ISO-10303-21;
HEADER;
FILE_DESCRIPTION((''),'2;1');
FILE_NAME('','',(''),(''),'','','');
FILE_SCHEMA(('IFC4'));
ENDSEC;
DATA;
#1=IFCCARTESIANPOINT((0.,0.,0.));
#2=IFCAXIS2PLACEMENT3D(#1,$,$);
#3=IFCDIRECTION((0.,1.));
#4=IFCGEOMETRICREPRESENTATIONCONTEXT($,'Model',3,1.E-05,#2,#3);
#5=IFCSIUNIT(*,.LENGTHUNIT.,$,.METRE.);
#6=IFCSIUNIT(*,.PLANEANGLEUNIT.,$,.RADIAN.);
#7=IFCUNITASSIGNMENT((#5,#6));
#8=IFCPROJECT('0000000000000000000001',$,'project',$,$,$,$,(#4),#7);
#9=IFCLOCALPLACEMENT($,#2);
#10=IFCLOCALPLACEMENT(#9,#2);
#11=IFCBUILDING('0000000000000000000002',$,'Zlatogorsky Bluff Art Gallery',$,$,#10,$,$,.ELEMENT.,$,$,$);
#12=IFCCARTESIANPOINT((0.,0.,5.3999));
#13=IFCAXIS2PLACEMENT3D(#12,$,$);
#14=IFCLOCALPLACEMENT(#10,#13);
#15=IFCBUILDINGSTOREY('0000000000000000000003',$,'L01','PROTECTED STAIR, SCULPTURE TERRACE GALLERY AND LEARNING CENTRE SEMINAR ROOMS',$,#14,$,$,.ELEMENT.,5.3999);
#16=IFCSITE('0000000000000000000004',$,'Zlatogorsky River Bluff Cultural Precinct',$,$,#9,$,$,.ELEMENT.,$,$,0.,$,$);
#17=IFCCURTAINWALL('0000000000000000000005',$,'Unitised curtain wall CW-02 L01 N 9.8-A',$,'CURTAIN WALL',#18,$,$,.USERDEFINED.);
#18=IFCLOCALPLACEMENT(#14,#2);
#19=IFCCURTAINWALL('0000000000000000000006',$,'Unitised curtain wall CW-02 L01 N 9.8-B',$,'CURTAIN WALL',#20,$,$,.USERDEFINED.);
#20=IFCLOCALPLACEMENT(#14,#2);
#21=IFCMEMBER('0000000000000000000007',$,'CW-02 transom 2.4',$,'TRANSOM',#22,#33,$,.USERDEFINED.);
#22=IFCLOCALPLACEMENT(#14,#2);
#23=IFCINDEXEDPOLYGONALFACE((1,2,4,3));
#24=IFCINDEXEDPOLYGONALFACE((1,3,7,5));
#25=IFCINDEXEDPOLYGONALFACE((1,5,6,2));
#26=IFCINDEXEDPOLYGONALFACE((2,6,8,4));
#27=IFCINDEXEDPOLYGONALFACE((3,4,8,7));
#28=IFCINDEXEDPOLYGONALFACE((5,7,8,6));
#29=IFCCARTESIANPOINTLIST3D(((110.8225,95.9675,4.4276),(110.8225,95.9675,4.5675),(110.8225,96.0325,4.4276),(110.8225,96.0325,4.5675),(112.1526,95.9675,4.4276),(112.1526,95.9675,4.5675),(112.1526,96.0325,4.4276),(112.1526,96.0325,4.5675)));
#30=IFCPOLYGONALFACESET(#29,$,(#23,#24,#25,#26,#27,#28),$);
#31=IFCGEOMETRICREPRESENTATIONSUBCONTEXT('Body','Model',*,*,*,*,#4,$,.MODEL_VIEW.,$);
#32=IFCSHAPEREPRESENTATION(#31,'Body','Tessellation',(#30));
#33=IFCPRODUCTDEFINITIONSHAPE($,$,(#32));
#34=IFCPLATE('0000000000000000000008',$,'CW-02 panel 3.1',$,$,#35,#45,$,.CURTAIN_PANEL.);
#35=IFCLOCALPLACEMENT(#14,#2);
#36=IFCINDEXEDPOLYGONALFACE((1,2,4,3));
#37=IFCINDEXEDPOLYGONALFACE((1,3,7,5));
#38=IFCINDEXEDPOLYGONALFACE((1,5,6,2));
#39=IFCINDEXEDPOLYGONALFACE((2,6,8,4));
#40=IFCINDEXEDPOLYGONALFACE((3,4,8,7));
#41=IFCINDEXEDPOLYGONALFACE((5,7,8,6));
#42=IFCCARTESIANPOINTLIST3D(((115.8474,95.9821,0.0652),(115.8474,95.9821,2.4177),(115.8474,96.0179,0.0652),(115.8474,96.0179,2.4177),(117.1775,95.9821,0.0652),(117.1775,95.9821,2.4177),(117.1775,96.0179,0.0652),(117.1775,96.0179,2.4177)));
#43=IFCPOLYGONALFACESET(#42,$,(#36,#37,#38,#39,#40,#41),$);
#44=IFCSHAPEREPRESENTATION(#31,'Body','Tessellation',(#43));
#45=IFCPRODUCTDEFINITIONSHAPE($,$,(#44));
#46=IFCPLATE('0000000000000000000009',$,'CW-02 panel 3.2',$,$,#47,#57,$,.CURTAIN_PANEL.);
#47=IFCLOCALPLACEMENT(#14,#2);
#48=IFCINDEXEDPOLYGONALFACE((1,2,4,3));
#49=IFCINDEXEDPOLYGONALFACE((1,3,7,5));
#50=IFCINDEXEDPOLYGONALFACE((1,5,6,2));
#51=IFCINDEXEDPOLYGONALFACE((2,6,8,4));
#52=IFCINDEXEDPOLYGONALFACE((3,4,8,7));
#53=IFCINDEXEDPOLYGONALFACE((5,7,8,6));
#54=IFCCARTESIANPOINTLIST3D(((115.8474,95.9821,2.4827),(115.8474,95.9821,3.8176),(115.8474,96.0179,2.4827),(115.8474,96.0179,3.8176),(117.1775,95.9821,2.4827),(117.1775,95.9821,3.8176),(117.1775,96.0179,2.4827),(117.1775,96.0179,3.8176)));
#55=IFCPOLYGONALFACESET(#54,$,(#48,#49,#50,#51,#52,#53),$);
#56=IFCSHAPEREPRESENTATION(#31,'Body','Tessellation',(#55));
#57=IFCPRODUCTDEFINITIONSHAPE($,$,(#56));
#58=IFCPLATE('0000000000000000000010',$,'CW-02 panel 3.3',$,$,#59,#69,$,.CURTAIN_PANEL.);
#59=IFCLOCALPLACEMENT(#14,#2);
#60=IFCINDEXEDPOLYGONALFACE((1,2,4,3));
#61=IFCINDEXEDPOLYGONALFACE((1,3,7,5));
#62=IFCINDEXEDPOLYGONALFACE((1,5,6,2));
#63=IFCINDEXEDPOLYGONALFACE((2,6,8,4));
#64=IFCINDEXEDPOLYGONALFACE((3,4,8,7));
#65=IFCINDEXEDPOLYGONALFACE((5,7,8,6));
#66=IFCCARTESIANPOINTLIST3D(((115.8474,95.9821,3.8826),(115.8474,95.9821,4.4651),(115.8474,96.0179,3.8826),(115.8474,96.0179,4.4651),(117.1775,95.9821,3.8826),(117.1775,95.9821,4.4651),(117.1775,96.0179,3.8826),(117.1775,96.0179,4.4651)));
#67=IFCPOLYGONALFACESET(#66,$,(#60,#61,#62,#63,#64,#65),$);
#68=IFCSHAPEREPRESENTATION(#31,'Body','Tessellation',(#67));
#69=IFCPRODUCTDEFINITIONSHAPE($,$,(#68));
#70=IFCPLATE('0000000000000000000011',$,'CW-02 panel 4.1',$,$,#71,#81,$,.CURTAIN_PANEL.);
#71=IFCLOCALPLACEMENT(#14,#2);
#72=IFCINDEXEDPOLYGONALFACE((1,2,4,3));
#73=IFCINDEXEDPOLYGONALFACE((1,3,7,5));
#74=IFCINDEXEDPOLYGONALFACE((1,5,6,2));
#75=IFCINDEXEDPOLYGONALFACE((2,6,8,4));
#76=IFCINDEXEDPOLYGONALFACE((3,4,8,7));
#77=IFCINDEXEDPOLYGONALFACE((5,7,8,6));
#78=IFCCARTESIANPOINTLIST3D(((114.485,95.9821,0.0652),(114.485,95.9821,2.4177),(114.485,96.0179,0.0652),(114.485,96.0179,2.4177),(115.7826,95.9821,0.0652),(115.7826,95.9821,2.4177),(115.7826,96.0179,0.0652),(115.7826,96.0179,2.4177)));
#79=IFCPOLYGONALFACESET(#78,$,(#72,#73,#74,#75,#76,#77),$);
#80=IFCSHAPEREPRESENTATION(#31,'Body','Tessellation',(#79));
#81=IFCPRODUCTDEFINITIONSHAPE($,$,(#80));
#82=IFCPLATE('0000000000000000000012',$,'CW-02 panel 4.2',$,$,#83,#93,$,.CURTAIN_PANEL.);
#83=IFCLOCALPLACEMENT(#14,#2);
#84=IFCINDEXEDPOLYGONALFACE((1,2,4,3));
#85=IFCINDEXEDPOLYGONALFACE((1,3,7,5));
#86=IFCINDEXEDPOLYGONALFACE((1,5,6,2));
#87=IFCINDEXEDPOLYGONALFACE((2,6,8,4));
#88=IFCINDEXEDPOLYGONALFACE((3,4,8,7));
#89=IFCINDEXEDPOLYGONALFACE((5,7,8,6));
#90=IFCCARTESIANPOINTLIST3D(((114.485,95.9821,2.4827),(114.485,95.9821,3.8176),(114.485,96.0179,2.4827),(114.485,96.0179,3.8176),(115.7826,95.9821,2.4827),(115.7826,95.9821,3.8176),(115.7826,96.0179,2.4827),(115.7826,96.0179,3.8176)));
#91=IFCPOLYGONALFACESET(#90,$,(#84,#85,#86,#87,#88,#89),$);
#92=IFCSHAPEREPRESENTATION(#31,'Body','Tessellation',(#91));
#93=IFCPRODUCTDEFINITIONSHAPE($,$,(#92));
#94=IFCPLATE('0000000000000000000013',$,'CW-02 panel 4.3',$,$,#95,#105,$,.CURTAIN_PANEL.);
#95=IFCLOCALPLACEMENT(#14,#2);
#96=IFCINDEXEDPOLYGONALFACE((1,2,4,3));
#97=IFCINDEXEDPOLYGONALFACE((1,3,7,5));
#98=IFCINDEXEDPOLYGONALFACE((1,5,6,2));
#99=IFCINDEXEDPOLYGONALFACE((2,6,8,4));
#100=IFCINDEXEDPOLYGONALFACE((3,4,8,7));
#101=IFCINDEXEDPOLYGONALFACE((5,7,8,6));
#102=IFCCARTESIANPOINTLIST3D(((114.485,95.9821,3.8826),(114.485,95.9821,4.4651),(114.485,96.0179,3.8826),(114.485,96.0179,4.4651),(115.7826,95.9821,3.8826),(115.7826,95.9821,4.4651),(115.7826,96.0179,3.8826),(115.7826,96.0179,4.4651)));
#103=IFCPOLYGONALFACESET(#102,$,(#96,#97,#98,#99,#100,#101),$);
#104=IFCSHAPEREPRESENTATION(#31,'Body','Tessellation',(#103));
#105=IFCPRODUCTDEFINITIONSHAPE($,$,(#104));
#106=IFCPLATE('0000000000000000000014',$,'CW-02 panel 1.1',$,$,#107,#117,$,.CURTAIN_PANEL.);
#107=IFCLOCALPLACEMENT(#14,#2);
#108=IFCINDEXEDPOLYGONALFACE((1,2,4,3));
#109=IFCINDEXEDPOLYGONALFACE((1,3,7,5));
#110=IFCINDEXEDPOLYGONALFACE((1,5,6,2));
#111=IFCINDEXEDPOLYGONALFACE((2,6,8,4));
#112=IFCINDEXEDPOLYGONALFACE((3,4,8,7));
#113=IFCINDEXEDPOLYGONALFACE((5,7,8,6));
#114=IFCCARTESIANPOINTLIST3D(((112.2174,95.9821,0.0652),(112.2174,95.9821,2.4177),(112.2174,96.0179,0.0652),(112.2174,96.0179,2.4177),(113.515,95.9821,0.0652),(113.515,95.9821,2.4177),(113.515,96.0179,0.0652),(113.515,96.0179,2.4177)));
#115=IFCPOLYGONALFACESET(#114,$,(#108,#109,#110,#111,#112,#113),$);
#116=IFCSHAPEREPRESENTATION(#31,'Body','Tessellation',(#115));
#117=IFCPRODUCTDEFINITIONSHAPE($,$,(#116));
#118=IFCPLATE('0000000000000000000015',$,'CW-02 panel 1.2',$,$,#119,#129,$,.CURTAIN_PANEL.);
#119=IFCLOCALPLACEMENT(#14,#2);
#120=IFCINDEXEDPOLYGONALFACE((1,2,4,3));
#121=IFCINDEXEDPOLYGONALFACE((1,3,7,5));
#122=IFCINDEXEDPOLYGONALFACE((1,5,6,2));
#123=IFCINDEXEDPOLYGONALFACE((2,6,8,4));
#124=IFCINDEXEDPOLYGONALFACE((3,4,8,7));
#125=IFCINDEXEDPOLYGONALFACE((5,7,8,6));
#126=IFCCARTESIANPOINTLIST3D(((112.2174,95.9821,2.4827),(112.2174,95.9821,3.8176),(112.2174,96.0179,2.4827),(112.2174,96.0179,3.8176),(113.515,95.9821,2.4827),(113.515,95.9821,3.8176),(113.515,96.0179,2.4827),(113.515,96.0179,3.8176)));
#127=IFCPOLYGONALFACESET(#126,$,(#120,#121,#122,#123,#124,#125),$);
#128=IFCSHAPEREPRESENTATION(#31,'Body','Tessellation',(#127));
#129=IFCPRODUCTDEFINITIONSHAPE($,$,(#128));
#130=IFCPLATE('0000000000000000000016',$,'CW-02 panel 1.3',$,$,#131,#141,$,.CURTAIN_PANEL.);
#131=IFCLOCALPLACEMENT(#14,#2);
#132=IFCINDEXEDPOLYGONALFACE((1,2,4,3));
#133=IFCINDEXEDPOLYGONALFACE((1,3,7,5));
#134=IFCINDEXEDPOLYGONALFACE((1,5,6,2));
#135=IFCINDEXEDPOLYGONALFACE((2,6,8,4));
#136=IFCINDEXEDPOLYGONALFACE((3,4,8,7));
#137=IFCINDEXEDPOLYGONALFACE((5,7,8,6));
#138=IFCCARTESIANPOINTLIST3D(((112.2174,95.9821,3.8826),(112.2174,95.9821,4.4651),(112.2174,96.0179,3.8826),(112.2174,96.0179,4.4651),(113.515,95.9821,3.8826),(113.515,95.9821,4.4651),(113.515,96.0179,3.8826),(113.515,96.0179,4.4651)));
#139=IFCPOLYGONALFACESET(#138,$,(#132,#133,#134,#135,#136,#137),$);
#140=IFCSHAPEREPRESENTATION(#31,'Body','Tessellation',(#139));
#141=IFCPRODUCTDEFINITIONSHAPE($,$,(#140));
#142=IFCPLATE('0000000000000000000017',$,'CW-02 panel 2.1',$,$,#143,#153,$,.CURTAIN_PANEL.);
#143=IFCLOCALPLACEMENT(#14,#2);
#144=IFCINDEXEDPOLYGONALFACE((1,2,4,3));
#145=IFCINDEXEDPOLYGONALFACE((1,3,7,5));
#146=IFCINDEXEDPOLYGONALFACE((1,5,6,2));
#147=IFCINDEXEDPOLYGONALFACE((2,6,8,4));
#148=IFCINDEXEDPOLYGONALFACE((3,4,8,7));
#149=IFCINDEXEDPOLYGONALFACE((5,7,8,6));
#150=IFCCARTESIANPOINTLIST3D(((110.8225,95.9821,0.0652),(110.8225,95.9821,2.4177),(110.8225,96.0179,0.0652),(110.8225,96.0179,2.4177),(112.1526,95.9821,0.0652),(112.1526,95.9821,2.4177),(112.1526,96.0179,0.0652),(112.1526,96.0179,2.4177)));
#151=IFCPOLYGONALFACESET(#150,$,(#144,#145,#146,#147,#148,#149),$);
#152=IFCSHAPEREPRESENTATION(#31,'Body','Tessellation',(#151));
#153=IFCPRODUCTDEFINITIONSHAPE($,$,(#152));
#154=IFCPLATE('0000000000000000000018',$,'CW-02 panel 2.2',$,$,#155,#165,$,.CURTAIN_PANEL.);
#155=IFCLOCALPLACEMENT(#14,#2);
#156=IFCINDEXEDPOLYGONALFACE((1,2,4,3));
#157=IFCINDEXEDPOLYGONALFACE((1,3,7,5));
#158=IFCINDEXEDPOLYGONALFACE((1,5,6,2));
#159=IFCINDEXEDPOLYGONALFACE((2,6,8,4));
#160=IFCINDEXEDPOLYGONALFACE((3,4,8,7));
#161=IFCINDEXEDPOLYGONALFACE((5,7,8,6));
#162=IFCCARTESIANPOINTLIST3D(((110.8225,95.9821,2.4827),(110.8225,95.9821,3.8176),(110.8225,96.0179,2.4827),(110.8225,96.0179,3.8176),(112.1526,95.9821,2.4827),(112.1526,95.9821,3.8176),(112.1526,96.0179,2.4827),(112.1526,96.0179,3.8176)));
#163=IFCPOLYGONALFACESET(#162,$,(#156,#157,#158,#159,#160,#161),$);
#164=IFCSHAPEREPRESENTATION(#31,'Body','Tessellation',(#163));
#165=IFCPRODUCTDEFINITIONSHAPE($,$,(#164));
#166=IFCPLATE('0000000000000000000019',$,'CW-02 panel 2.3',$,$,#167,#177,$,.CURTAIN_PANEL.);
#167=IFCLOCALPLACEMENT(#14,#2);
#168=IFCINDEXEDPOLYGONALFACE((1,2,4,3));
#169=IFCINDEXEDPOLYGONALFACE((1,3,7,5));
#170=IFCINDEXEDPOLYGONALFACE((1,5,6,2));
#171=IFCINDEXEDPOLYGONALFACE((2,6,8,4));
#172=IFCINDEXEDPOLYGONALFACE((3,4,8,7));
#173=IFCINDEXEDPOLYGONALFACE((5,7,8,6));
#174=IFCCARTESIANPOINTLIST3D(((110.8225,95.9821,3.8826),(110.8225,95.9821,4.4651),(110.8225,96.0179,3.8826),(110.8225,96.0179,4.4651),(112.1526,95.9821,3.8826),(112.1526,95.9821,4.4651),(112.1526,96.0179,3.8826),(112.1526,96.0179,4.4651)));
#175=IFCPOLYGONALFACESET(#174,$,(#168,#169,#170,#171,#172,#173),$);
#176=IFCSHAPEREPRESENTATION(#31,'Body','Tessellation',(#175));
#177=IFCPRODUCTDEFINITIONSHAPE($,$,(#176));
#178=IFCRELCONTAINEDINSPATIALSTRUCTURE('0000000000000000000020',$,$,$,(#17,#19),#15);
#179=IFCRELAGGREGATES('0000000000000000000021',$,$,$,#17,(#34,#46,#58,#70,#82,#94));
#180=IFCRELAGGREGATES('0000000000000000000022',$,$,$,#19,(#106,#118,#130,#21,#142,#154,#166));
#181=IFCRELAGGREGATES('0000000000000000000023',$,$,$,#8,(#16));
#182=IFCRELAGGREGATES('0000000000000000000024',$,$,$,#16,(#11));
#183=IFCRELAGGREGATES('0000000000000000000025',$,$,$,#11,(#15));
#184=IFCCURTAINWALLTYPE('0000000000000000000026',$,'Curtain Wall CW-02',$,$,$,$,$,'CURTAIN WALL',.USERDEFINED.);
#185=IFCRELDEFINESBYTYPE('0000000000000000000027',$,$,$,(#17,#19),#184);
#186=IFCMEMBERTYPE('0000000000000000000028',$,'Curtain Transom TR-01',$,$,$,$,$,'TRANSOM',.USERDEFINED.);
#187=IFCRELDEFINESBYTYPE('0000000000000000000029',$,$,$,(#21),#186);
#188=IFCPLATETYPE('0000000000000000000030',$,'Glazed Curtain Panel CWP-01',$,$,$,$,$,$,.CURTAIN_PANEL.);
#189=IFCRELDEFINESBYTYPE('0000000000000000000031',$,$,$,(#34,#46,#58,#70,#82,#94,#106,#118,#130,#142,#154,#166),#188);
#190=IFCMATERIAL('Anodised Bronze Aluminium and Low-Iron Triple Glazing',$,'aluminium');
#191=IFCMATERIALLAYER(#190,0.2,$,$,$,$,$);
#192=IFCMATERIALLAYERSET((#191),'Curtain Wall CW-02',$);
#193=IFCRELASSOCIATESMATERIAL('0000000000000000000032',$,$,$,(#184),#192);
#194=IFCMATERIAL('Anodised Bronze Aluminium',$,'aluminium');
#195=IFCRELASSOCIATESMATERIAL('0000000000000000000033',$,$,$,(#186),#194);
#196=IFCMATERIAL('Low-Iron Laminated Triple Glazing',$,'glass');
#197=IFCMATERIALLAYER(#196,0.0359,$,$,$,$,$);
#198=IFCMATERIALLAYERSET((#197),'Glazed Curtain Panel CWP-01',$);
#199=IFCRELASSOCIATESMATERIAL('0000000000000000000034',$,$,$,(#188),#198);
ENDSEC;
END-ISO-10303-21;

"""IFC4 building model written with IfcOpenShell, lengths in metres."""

from ifc_helpers import new_model, si_unit, direction, frame, origin, origin_2d, place, context, subcontext, project, spatial, rectangle, extrude, material, layer, layer_set, material_profile, profile_set, type_object, element, aggregate, save


model = new_model("IFC4")

# Units and contexts
model_context = context("Model", 3, precision=1e-05, world=origin(), true_north=direction((0.0, 1.0)))
body_context = subcontext(model_context, "Body", "Model", "MODEL_VIEW")
ifc_project = project(units=[si_unit("LENGTHUNIT", "METRE"), si_unit("PLANEANGLEUNIT", "RADIAN")], contexts=[model_context])

# Site, building, storey
site_placement = place(None, origin())
site = spatial("IfcSite", under=ifc_project, at=site_placement, Name="Zlatogorsky River Bluff Cultural Precinct", CompositionType="ELEMENT", RefElevation=0.0)
building_placement = place(site_placement, origin())
building = spatial("IfcBuilding", under=site, at=building_placement, Name="Zlatogorsky Bluff Art Gallery", CompositionType="ELEMENT")
storey_placement = place(building_placement, frame((0.0, 0.0, 5.3999)))
storey = spatial("IfcBuildingStorey", under=building, at=storey_placement, Name="L01", Description="PROTECTED STAIR, SCULPTURE TERRACE GALLERY AND LEARNING CENTRE SEMINAR ROOMS", CompositionType="ELEMENT", Elevation=5.3999)

# Curtain walls
ifc_material_1 = material(Name="Anodised Bronze Aluminium and Low-Iron Triple Glazing", Category="aluminium")
ifc_layer_1 = layer(ifc_material_1, 0.2)
ifc_layer_set_1 = layer_set([ifc_layer_1], Name="Curtain Wall CW-02")
curtain_wall_type = type_object("IfcCurtainWallType", Name="Curtain Wall CW-02", ElementType="CURTAIN WALL", PredefinedType="USERDEFINED", material=ifc_layer_set_1)
curtain_wall_1_placement = place(storey_placement, origin())
curtain_wall_1 = element("IfcCurtainWall", 1, at=curtain_wall_1_placement, inside=storey, type_object=curtain_wall_type, Name="Unitised curtain wall CW-02 L01 N 9.8-A", ObjectType="CURTAIN WALL", PredefinedType="USERDEFINED")
ifc_material_2 = material(Name="Anodised Bronze Aluminium", Category="aluminium")
curtain_wall_2_placement = place(storey_placement, origin())
curtain_wall_2 = element("IfcCurtainWall", 2, at=curtain_wall_2_placement, inside=storey, type_object=curtain_wall_type, Name="Unitised curtain wall CW-02 L01 N 9.8-B", ObjectType="CURTAIN WALL", PredefinedType="USERDEFINED")

# Member
ifc_material_profile_1 = material_profile(ifc_material_2, rectangle(XDim=0.0649, YDim=0.1399, at=origin_2d()), Name="ALU TRANSOM 65x140")
ifc_profile_set_1 = profile_set([ifc_material_profile_1], Name="Anodised Bronze Aluminium")
member_type_1 = type_object("IfcMemberType", Name="Curtain Transom TR-01", ElementType="TRANSOM", PredefinedType="USERDEFINED", material=ifc_profile_set_1)
member_1_placement = place(storey_placement, frame((112.1526, 96.0, 4.4976), z_axis=(-1.0, 0.0, 0.0), x_axis=(0.0, -1.0, 0.0)))
member_1 = element("IfcMember", 3, at=member_1_placement, type_object=member_type_1, Name="CW-02 transom 2.4", ObjectType="TRANSOM", PredefinedType="USERDEFINED", context=body_context, shape_type="SweptSolid", body=[
    extrude(rectangle(XDim=0.0649, YDim=0.1399, at=origin_2d()), origin(), (0.0, 0.0, 1.0), 1.3301),
])

# Plates
ifc_material_3 = material(Name="Low-Iron Laminated Triple Glazing", Category="glass")
ifc_layer_2 = layer(ifc_material_3, 0.0359)
ifc_layer_set_2 = layer_set([ifc_layer_2], Name="Glazed Curtain Panel CWP-01")
plate_type = type_object("IfcPlateType", Name="Glazed Curtain Panel CWP-01", PredefinedType="CURTAIN_PANEL", material=ifc_layer_set_2)
plate_1_placement = place(storey_placement, frame((116.5125, 96.0, 0.0652), z_axis=(0.0, 0.0, 1.0), x_axis=(-1.0, 0.0, 0.0)))
plate_1 = element("IfcPlate", 4, at=plate_1_placement, type_object=plate_type, Name="CW-02 panel 3.1", PredefinedType="CURTAIN_PANEL", context=body_context, shape_type="SweptSolid", body=[
    extrude(rectangle(XDim=1.3301, YDim=0.0359, at=origin_2d()), origin(), (0.0, 0.0, 1.0), 2.3525),
])
plate_2_placement = place(storey_placement, frame((116.5125, 96.0, 2.4827), z_axis=(0.0, 0.0, 1.0), x_axis=(-1.0, 0.0, 0.0)))
plate_2 = element("IfcPlate", 5, at=plate_2_placement, type_object=plate_type, Name="CW-02 panel 3.2", PredefinedType="CURTAIN_PANEL", context=body_context, shape_type="SweptSolid", body=[
    extrude(rectangle(XDim=1.3301, YDim=0.0359, at=origin_2d()), origin(), (0.0, 0.0, 1.0), 1.335),
])
plate_3_placement = place(storey_placement, frame((116.5125, 96.0, 3.8826), z_axis=(0.0, 0.0, 1.0), x_axis=(-1.0, 0.0, 0.0)))
plate_3 = element("IfcPlate", 6, at=plate_3_placement, type_object=plate_type, Name="CW-02 panel 3.3", PredefinedType="CURTAIN_PANEL", context=body_context, shape_type="SweptSolid", body=[
    extrude(rectangle(XDim=1.3301, YDim=0.0359, at=origin_2d()), origin(), (0.0, 0.0, 1.0), 0.5825),
])
plate_4_placement = place(storey_placement, frame((115.1338, 96.0, 0.0652), z_axis=(0.0, 0.0, 1.0), x_axis=(-1.0, 0.0, 0.0)))
plate_4 = element("IfcPlate", 7, at=plate_4_placement, type_object=plate_type, Name="CW-02 panel 4.1", PredefinedType="CURTAIN_PANEL", context=body_context, shape_type="SweptSolid", body=[
    extrude(rectangle(XDim=1.2976, YDim=0.0359, at=origin_2d()), origin(), (0.0, 0.0, 1.0), 2.3525),
])
plate_5_placement = place(storey_placement, frame((115.1338, 96.0, 2.4827), z_axis=(0.0, 0.0, 1.0), x_axis=(-1.0, 0.0, 0.0)))
plate_5 = element("IfcPlate", 8, at=plate_5_placement, type_object=plate_type, Name="CW-02 panel 4.2", PredefinedType="CURTAIN_PANEL", context=body_context, shape_type="SweptSolid", body=[
    extrude(rectangle(XDim=1.2976, YDim=0.0359, at=origin_2d()), origin(), (0.0, 0.0, 1.0), 1.335),
])
plate_6_placement = place(storey_placement, frame((115.1338, 96.0, 3.8826), z_axis=(0.0, 0.0, 1.0), x_axis=(-1.0, 0.0, 0.0)))
plate_6 = element("IfcPlate", 9, at=plate_6_placement, type_object=plate_type, Name="CW-02 panel 4.3", PredefinedType="CURTAIN_PANEL", context=body_context, shape_type="SweptSolid", body=[
    extrude(rectangle(XDim=1.2976, YDim=0.0359, at=origin_2d()), origin(), (0.0, 0.0, 1.0), 0.5825),
])
aggregate(curtain_wall_1, [plate_1, plate_2, plate_3, plate_4, plate_5, plate_6])
plate_7_placement = place(storey_placement, frame((112.8662, 96.0, 0.0652), z_axis=(0.0, 0.0, 1.0), x_axis=(-1.0, 0.0, 0.0)))
plate_7 = element("IfcPlate", 10, at=plate_7_placement, type_object=plate_type, Name="CW-02 panel 1.1", PredefinedType="CURTAIN_PANEL", context=body_context, shape_type="SweptSolid", body=[
    extrude(rectangle(XDim=1.2976, YDim=0.0359, at=origin_2d()), origin(), (0.0, 0.0, 1.0), 2.3525),
])
plate_8_placement = place(storey_placement, frame((112.8662, 96.0, 2.4827), z_axis=(0.0, 0.0, 1.0), x_axis=(-1.0, 0.0, 0.0)))
plate_8 = element("IfcPlate", 11, at=plate_8_placement, type_object=plate_type, Name="CW-02 panel 1.2", PredefinedType="CURTAIN_PANEL", context=body_context, shape_type="SweptSolid", body=[
    extrude(rectangle(XDim=1.2976, YDim=0.0359, at=origin_2d()), origin(), (0.0, 0.0, 1.0), 1.335),
])
plate_9_placement = place(storey_placement, frame((112.8662, 96.0, 3.8826), z_axis=(0.0, 0.0, 1.0), x_axis=(-1.0, 0.0, 0.0)))
plate_9 = element("IfcPlate", 12, at=plate_9_placement, type_object=plate_type, Name="CW-02 panel 1.3", PredefinedType="CURTAIN_PANEL", context=body_context, shape_type="SweptSolid", body=[
    extrude(rectangle(XDim=1.2976, YDim=0.0359, at=origin_2d()), origin(), (0.0, 0.0, 1.0), 0.5825),
])
plate_10_placement = place(storey_placement, frame((111.4875, 96.0, 0.0652), z_axis=(0.0, 0.0, 1.0), x_axis=(-1.0, 0.0, 0.0)))
plate_10 = element("IfcPlate", 13, at=plate_10_placement, type_object=plate_type, Name="CW-02 panel 2.1", PredefinedType="CURTAIN_PANEL", context=body_context, shape_type="SweptSolid", body=[
    extrude(rectangle(XDim=1.3301, YDim=0.0359, at=origin_2d()), origin(), (0.0, 0.0, 1.0), 2.3525),
])
plate_11_placement = place(storey_placement, frame((111.4875, 96.0, 2.4827), z_axis=(0.0, 0.0, 1.0), x_axis=(-1.0, 0.0, 0.0)))
plate_11 = element("IfcPlate", 14, at=plate_11_placement, type_object=plate_type, Name="CW-02 panel 2.2", PredefinedType="CURTAIN_PANEL", context=body_context, shape_type="SweptSolid", body=[
    extrude(rectangle(XDim=1.3301, YDim=0.0359, at=origin_2d()), origin(), (0.0, 0.0, 1.0), 1.335),
])
plate_12_placement = place(storey_placement, frame((111.4875, 96.0, 3.8826), z_axis=(0.0, 0.0, 1.0), x_axis=(-1.0, 0.0, 0.0)))
plate_12 = element("IfcPlate", 15, at=plate_12_placement, type_object=plate_type, Name="CW-02 panel 2.3", PredefinedType="CURTAIN_PANEL", context=body_context, shape_type="SweptSolid", body=[
    extrude(rectangle(XDim=1.3301, YDim=0.0359, at=origin_2d()), origin(), (0.0, 0.0, 1.0), 0.5825),
])
aggregate(curtain_wall_2, [plate_7, plate_8, plate_9, member_1, plate_10, plate_11, plate_12])

save(model, "model.ifc")
